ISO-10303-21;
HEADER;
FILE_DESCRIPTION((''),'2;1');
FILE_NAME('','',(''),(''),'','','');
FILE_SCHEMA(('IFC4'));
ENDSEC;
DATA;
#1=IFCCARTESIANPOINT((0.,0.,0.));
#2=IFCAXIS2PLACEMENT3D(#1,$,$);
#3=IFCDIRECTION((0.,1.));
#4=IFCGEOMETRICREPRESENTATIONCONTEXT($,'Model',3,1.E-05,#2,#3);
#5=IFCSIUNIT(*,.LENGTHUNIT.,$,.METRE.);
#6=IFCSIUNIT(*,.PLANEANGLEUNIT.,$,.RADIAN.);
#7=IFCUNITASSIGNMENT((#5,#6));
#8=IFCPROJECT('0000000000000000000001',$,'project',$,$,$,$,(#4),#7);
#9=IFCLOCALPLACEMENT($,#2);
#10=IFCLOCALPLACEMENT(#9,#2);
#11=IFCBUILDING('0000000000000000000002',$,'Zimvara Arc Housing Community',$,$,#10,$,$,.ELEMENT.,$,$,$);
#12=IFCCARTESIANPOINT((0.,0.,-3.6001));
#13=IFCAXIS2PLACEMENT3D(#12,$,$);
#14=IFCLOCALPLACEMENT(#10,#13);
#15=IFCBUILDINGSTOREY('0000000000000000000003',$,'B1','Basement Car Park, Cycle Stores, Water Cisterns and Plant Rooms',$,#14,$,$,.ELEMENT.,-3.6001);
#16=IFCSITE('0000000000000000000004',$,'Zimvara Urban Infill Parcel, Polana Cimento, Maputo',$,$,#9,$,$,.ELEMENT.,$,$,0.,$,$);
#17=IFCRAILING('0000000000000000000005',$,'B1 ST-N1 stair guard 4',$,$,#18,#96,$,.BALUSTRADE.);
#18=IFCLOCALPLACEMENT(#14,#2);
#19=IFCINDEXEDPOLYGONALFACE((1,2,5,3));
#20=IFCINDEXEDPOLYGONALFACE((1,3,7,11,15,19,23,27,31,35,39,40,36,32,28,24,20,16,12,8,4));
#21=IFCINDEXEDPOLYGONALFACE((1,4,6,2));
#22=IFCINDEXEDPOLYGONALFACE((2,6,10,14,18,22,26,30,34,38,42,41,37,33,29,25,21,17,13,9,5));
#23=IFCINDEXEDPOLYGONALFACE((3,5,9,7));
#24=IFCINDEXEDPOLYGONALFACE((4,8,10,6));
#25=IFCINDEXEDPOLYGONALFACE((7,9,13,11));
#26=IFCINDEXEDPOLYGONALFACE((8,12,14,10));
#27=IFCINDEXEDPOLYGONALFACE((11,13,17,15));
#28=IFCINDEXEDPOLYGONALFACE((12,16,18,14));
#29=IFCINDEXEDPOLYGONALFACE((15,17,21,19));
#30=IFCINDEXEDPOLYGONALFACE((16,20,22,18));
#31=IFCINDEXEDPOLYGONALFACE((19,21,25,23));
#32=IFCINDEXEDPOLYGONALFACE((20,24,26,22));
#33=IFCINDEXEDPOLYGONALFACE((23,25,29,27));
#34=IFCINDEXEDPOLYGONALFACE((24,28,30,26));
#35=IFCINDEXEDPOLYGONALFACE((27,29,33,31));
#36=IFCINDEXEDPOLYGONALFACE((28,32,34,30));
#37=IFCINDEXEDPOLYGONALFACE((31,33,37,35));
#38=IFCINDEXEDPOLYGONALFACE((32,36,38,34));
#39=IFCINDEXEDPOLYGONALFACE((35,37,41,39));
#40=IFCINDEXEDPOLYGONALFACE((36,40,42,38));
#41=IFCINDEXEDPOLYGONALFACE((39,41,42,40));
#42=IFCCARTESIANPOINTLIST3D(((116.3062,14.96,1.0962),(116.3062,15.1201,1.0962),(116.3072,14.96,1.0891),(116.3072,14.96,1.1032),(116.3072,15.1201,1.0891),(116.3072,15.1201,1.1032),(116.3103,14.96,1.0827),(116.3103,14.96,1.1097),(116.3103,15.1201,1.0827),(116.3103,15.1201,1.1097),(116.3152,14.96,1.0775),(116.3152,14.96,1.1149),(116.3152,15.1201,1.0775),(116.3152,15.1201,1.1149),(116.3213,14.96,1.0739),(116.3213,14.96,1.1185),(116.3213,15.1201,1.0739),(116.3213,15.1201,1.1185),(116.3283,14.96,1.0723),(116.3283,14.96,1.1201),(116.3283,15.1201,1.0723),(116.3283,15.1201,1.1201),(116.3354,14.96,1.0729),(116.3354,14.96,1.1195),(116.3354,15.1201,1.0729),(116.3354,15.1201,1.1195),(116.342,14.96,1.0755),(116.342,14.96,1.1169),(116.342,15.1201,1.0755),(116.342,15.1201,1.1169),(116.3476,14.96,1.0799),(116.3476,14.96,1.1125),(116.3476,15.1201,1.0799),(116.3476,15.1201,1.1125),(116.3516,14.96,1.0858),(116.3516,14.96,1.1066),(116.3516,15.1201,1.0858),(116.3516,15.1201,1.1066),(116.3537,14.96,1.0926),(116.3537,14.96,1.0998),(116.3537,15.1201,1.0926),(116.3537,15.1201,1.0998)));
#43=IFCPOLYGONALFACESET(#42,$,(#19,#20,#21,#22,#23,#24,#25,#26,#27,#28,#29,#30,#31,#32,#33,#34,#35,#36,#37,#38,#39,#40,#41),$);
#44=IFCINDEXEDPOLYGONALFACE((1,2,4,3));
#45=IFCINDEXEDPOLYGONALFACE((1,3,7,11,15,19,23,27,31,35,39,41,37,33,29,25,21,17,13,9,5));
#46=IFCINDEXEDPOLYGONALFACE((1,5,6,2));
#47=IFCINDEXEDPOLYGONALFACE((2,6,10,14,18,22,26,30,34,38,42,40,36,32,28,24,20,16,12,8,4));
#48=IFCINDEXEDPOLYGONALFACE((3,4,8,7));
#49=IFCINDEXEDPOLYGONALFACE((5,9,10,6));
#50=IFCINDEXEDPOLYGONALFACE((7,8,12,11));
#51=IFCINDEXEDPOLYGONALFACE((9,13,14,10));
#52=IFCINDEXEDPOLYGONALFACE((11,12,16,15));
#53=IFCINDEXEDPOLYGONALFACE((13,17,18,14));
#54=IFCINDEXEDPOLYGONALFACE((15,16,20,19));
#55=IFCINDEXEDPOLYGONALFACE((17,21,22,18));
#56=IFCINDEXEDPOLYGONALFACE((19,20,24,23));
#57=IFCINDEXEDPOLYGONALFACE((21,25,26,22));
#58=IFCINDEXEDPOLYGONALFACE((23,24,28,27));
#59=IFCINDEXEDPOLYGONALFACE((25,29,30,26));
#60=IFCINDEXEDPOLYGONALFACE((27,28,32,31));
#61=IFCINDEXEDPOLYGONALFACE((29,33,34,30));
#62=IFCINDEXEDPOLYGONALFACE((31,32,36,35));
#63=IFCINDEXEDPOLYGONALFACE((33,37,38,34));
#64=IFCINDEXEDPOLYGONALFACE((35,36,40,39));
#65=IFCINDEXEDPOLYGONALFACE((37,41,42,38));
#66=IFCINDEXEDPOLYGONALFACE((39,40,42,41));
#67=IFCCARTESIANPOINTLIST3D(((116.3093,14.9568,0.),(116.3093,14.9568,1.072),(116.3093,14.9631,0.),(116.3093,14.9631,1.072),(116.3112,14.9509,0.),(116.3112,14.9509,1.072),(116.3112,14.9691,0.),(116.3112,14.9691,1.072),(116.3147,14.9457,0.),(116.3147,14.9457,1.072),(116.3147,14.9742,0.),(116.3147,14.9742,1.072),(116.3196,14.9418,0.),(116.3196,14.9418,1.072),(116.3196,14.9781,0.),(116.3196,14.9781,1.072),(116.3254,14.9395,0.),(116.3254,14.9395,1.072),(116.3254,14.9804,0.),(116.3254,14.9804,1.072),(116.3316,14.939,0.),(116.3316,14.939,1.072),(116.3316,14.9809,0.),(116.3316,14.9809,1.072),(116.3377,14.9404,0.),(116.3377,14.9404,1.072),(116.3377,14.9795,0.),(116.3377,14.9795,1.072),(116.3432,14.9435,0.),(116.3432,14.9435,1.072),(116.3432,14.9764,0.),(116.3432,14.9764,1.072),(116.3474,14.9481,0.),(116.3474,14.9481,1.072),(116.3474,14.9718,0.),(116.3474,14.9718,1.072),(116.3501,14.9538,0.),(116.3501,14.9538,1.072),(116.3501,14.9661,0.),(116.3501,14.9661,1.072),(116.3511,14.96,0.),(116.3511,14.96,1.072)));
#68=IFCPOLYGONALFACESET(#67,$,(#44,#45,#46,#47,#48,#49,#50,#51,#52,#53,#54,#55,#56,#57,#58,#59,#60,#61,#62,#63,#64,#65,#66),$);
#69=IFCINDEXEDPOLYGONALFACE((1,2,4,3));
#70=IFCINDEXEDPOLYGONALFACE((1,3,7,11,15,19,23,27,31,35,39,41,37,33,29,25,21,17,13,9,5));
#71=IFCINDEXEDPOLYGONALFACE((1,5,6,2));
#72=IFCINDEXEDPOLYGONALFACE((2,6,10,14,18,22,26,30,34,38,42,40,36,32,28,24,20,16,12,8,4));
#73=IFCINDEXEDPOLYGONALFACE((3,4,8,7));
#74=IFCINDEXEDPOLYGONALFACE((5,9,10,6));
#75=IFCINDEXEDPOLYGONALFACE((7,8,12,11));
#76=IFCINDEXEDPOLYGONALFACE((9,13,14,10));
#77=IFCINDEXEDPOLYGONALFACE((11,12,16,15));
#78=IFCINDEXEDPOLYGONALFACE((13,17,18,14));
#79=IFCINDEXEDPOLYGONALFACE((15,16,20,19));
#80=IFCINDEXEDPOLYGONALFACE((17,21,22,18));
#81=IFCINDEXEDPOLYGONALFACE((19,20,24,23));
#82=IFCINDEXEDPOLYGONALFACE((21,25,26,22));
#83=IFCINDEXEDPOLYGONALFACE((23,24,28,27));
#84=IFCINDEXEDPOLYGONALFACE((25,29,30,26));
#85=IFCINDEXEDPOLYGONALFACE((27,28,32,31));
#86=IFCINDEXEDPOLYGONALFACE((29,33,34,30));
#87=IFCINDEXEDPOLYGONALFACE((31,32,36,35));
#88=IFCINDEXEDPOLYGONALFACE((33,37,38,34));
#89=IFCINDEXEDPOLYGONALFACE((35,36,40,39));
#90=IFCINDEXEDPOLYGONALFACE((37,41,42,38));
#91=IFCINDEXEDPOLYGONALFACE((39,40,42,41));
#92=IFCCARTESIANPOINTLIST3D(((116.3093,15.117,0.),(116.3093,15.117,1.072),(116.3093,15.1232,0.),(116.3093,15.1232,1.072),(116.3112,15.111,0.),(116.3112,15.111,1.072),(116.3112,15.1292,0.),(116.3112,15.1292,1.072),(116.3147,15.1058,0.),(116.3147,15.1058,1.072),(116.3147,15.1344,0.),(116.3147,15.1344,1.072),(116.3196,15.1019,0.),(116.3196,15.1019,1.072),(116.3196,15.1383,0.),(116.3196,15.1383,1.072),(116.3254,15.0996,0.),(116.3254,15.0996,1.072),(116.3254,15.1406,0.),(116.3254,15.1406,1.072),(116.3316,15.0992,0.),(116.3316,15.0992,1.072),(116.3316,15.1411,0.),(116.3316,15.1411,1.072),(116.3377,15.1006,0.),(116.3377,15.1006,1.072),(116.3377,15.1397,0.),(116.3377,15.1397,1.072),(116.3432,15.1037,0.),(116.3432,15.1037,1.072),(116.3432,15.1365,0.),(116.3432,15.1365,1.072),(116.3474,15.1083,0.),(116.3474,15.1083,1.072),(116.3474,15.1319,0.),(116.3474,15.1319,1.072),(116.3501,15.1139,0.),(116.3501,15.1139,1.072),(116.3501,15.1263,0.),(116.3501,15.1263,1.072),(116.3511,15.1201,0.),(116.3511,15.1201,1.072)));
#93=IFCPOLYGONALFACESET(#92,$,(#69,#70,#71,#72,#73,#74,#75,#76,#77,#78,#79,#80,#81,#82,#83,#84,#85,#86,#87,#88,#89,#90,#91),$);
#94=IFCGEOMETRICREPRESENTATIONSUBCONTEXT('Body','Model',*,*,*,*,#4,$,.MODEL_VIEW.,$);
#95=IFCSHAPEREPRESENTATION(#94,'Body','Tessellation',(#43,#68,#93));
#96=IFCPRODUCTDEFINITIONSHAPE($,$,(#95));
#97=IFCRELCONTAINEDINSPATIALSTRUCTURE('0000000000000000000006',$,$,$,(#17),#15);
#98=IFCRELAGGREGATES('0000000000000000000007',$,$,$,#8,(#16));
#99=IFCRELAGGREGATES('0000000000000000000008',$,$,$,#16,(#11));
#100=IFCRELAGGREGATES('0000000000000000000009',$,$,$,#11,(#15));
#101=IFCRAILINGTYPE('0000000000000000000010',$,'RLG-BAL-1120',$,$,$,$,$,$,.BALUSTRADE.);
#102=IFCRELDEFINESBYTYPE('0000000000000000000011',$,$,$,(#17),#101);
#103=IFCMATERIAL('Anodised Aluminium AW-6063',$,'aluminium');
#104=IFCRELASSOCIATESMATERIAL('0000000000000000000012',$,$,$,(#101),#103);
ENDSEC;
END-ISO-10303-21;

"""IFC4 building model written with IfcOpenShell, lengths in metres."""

from ifc_helpers import new_model, si_unit, direction, frame, origin, origin_2d, place, context, subcontext, project, spatial, circle, extrude, material, type_object, element, save


model = new_model("IFC4")

# Units and contexts
model_context = context("Model", 3, precision=1e-05, world=origin(), true_north=direction((0.0, 1.0)))
body_context = subcontext(model_context, "Body", "Model", "MODEL_VIEW")
ifc_project = project(units=[si_unit("LENGTHUNIT", "METRE"), si_unit("PLANEANGLEUNIT", "RADIAN")], contexts=[model_context])

# Site, building, storey
site_placement = place(None, origin())
site = spatial("IfcSite", under=ifc_project, at=site_placement, Name="Zimvara Urban Infill Parcel, Polana Cimento, Maputo", CompositionType="ELEMENT", RefElevation=0.0)
building_placement = place(site_placement, origin())
building = spatial("IfcBuilding", under=site, at=building_placement, Name="Zimvara Arc Housing Community", CompositionType="ELEMENT")
storey_placement = place(building_placement, frame((0.0, 0.0, -3.6001)))
storey = spatial("IfcBuildingStorey", under=building, at=storey_placement, Name="B1", Description="Basement Car Park, Cycle Stores, Water Cisterns and Plant Rooms", CompositionType="ELEMENT", Elevation=-3.6001)

# Railing
ifc_material_1 = material(Name="Anodised Aluminium AW-6063", Category="aluminium")
railing_type_1 = type_object("IfcRailingType", Name="RLG-BAL-1120", PredefinedType="BALUSTRADE", material=ifc_material_1)
railing_1_placement = place(storey_placement, frame((116.3301, 14.96, 0.0)))
element("IfcRailing", 1, at=railing_1_placement, inside=storey, type_object=railing_type_1, Name="B1 ST-N1 stair guard 4", PredefinedType="BALUSTRADE", context=body_context, shape_type="SweptSolid", body=[
    extrude(circle(Radius=0.0239, at=origin_2d()), frame((0.0, 0.0, 1.0962), z_axis=(0.0, 1.0, 0.0), x_axis=(-1.0, 0.0, 0.0)), (0.0, 0.0, 1.0), 0.1602),
    extrude(circle(Radius=0.021, at=origin_2d()), origin(), (0.0, 0.0, 1.0), 1.072),
    extrude(circle(Radius=0.021, at=origin_2d()), frame((0.0, 0.1602, 0.0)), (0.0, 0.0, 1.0), 1.072),
])

save(model, "model.ifc")
